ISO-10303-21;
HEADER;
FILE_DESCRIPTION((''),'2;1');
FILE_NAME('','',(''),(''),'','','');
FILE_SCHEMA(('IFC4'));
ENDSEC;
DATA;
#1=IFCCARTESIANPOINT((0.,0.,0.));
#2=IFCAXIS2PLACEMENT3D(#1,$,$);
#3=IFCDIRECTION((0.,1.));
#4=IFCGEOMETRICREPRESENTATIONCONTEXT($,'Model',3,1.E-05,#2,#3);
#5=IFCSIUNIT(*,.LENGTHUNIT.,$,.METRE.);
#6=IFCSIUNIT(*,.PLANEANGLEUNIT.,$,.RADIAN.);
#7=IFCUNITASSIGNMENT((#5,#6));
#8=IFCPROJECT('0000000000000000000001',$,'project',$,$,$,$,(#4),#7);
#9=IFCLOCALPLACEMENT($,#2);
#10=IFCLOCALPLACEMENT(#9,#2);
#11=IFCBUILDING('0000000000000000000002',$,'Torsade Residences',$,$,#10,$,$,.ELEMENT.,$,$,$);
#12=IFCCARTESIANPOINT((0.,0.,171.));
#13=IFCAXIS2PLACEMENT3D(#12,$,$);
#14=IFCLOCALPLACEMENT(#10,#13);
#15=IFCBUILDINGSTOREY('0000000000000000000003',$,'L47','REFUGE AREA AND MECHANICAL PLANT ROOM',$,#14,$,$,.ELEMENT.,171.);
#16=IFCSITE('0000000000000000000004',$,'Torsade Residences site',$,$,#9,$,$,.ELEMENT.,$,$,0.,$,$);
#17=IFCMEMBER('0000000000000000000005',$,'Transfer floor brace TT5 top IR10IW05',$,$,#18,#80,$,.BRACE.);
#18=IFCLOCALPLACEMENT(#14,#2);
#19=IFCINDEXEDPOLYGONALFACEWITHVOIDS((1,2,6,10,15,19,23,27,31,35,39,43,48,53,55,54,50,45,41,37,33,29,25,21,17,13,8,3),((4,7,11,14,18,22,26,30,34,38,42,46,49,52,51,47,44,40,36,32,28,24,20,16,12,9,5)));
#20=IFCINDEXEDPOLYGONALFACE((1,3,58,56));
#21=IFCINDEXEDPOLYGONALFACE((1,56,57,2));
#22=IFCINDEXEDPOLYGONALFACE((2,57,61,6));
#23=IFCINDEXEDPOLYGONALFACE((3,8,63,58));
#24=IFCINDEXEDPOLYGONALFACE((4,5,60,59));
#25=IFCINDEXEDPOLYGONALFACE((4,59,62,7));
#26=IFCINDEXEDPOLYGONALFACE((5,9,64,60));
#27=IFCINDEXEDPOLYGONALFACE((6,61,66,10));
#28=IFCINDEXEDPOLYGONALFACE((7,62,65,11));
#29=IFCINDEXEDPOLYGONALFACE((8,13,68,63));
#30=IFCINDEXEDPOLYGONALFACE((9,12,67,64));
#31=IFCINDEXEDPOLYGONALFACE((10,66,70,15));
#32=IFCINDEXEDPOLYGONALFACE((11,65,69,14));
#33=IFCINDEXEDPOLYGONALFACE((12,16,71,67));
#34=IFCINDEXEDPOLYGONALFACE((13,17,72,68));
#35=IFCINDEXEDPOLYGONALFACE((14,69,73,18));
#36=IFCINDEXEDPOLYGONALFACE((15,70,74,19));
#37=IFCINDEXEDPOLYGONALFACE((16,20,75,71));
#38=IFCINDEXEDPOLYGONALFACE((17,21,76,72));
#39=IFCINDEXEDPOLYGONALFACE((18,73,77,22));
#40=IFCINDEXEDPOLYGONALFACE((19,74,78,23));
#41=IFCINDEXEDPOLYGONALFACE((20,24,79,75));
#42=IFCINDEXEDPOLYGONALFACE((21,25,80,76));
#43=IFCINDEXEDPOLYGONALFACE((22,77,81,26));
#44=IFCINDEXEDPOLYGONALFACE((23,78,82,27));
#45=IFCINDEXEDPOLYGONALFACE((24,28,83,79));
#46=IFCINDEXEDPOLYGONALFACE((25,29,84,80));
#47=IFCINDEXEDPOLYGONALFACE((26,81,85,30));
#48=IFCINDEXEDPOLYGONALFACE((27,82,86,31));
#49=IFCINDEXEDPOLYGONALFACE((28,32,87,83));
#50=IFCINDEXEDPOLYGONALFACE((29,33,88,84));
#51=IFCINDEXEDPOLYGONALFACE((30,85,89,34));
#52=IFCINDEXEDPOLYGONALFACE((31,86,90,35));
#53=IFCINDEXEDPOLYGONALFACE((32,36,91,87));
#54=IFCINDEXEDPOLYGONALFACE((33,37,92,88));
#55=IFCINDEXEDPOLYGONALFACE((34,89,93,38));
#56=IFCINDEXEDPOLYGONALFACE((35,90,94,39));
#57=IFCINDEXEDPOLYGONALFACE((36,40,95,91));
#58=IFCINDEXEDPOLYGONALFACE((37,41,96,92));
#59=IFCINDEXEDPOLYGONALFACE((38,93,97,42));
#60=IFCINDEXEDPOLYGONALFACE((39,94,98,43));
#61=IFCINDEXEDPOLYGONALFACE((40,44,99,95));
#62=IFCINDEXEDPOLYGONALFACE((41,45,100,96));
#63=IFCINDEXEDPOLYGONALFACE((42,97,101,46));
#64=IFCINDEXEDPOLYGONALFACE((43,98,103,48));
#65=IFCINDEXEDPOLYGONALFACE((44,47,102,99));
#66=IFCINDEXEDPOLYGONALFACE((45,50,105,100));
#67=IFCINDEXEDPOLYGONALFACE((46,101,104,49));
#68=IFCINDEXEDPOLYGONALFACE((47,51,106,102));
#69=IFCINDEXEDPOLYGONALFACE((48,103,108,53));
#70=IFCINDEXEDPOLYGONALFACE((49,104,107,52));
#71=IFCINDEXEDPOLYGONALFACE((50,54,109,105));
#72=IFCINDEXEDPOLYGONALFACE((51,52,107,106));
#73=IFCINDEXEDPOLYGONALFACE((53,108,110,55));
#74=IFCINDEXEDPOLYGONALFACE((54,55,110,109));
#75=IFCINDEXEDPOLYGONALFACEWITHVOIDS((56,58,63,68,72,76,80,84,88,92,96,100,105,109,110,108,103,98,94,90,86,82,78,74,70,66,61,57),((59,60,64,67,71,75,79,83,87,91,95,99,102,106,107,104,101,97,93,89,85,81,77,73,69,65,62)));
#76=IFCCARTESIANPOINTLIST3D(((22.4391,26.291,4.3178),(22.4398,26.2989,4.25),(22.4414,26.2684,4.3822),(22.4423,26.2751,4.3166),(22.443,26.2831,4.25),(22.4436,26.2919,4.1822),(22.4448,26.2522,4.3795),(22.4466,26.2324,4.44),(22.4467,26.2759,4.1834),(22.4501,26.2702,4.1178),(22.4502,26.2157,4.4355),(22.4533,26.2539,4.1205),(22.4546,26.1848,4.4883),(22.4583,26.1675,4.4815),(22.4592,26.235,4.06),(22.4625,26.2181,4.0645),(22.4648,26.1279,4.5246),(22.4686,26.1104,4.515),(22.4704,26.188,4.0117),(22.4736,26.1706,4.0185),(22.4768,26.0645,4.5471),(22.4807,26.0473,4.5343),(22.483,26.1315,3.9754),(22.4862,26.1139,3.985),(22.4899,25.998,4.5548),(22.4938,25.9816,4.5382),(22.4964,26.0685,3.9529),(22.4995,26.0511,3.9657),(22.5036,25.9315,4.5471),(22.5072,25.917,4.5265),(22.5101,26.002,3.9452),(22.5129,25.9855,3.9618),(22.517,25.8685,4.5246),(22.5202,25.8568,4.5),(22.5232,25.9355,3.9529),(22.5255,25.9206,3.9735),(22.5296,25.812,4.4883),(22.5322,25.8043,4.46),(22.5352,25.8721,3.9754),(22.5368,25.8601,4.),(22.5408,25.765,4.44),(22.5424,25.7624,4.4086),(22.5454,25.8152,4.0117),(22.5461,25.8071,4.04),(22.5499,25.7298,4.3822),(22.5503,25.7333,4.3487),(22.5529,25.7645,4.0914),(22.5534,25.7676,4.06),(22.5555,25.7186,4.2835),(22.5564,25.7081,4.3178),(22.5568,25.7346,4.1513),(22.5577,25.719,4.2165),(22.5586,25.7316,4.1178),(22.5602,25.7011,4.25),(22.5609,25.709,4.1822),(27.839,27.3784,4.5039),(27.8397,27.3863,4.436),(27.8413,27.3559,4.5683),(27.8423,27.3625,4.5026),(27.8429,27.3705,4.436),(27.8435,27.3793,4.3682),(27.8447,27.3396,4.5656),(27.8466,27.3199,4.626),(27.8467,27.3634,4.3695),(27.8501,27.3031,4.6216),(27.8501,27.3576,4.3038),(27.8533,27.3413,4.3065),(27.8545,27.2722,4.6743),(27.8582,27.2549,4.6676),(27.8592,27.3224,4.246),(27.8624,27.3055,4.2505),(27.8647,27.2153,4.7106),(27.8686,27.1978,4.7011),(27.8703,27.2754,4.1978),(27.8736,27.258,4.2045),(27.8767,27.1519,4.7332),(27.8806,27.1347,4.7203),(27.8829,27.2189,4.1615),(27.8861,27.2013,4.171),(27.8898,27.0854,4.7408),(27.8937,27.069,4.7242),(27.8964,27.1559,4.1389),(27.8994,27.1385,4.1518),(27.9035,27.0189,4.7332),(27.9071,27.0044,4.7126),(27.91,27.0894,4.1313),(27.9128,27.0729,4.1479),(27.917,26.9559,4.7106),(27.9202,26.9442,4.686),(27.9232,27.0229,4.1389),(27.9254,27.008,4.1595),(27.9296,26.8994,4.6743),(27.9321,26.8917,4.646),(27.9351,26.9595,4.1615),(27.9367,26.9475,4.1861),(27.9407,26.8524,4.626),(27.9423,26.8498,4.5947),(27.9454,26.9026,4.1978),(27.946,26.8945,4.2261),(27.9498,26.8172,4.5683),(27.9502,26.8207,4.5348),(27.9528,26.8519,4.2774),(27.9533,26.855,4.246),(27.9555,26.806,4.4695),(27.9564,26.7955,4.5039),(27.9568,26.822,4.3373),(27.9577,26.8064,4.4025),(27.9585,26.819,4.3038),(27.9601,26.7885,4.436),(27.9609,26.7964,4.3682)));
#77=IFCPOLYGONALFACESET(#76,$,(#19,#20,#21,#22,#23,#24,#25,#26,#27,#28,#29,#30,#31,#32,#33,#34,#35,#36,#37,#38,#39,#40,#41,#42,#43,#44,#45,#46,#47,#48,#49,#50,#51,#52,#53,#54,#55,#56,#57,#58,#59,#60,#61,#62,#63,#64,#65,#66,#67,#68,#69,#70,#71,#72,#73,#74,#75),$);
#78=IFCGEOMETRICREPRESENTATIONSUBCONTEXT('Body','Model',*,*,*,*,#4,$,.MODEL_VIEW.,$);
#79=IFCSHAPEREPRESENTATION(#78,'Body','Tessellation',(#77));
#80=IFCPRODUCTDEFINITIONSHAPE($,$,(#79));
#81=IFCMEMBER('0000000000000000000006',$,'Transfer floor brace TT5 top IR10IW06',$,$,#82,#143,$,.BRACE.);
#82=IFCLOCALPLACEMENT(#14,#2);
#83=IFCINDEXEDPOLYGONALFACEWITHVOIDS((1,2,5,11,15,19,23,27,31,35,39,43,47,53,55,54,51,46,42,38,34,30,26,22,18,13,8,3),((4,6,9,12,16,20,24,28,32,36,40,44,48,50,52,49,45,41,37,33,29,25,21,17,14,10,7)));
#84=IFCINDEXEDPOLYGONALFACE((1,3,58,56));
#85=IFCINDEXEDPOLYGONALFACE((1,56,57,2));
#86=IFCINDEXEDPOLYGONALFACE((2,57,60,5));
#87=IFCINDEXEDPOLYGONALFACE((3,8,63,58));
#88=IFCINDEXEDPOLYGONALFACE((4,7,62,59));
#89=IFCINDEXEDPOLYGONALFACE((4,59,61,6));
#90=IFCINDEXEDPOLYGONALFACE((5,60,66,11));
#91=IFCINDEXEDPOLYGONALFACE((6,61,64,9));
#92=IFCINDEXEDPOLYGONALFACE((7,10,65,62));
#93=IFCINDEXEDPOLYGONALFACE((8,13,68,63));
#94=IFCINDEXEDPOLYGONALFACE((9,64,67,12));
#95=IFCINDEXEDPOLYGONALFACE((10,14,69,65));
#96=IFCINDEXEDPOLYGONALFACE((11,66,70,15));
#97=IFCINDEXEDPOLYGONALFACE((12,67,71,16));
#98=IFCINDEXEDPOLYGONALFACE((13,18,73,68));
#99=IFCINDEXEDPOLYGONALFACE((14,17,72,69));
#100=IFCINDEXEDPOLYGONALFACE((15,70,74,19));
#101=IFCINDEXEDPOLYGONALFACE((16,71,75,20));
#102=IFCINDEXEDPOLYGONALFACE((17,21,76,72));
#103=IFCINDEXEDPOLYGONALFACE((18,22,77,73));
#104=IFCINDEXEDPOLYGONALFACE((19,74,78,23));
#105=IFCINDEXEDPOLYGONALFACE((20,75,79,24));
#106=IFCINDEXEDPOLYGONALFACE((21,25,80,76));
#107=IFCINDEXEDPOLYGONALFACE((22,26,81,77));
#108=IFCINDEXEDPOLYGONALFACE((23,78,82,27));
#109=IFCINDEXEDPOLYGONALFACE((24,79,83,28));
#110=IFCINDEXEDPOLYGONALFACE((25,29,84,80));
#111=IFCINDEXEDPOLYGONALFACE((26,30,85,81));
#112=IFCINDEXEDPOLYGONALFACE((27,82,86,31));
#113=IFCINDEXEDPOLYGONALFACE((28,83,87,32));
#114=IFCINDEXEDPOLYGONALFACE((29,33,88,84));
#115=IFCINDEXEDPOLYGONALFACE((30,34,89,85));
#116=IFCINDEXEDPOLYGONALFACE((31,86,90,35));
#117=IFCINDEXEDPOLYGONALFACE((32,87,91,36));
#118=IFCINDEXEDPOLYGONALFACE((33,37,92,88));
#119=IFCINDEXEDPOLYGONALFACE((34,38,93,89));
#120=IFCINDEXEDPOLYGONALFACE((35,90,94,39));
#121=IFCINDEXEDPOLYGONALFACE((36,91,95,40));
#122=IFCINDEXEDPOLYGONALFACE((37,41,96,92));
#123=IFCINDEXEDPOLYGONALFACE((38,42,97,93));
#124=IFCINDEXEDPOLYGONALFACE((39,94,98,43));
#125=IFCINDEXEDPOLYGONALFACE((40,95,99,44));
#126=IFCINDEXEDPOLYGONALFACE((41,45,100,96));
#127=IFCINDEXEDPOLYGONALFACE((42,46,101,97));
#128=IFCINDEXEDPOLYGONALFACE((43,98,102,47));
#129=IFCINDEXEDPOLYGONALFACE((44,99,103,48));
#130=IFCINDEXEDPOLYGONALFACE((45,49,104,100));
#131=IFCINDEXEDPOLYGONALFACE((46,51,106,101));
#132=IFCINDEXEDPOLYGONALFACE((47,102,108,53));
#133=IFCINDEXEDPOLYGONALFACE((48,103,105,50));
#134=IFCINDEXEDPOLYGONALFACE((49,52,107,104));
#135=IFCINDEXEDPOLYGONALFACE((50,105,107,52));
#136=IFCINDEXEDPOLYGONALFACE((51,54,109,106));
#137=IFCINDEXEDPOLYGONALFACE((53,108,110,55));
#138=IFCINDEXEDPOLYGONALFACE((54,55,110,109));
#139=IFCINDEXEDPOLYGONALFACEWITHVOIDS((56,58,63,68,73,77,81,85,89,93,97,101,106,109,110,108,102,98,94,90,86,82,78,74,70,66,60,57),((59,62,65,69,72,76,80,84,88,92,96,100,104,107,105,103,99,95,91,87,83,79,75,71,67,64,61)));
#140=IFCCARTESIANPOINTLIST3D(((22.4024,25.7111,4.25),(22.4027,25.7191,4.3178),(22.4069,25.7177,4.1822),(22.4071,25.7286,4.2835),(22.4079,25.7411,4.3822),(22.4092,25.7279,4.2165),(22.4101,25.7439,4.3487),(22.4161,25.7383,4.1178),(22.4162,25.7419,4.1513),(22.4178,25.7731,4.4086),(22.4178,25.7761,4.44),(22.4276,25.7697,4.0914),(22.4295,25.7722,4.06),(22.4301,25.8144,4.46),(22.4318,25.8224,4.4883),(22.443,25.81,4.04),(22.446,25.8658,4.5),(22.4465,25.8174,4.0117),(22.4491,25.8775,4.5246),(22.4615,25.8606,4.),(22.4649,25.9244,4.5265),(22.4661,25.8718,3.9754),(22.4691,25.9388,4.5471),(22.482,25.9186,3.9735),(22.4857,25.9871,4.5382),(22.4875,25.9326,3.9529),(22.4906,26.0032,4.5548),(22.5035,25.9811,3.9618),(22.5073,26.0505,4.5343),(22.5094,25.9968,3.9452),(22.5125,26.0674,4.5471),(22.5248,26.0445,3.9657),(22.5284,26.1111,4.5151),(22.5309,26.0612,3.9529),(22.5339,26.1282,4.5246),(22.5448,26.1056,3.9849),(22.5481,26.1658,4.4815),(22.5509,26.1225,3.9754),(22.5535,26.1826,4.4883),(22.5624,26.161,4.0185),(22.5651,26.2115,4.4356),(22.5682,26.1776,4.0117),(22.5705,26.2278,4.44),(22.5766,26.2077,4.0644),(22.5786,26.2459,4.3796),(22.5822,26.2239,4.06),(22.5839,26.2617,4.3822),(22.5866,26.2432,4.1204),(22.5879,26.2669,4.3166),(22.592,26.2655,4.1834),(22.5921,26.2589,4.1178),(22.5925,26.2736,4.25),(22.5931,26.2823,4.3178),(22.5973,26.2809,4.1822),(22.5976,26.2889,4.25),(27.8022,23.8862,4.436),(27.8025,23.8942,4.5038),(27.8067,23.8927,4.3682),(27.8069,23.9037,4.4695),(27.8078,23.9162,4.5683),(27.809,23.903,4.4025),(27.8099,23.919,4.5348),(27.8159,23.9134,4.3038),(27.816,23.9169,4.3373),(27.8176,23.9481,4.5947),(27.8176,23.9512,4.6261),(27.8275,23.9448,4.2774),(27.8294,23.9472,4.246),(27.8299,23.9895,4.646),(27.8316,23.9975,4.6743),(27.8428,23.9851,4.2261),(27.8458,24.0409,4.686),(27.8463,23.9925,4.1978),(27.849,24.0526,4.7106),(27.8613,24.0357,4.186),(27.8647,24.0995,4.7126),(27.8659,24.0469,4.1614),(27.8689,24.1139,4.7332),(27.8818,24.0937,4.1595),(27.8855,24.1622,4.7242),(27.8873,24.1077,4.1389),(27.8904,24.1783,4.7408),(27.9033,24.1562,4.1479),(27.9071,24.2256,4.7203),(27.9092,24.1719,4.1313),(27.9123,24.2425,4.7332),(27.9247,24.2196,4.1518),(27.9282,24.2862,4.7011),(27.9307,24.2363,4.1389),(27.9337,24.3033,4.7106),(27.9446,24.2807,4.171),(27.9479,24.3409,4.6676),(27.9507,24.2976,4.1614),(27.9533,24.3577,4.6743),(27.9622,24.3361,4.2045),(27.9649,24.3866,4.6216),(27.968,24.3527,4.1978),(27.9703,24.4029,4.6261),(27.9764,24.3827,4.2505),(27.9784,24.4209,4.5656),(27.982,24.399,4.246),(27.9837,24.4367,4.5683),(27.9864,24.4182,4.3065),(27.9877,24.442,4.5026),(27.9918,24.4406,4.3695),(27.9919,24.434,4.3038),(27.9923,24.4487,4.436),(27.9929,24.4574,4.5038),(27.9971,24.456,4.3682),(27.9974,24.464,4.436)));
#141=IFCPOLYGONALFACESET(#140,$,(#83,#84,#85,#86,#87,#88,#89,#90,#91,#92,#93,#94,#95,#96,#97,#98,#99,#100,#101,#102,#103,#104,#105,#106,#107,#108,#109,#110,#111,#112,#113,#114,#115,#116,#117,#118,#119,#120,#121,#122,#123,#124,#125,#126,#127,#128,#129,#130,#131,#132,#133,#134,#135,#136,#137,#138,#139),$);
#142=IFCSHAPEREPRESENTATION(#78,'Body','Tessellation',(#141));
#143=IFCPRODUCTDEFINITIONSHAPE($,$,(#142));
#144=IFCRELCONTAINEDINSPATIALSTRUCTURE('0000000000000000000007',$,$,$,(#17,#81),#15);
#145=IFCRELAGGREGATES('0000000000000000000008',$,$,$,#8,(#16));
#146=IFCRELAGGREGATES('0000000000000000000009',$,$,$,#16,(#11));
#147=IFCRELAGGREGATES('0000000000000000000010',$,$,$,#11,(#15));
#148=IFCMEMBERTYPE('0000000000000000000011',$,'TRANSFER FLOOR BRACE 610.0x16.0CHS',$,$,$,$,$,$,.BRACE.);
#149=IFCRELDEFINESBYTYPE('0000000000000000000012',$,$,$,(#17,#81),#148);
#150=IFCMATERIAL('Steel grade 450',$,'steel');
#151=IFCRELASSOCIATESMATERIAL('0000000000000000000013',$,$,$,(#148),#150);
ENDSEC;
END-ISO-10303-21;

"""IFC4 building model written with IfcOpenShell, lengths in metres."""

from ifc_helpers import new_model, si_unit, direction, frame, origin, origin_2d, place, context, subcontext, project, spatial, hollow_circle, extrude, material, material_profile, profile_set, type_object, element, save


model = new_model("IFC4")

# Units and contexts
model_context = context("Model", 3, precision=1e-05, world=origin(), true_north=direction((0.0, 1.0)))
body_context = subcontext(model_context, "Body", "Model", "MODEL_VIEW")
ifc_project = project(units=[si_unit("LENGTHUNIT", "METRE"), si_unit("PLANEANGLEUNIT", "RADIAN")], contexts=[model_context])

# Site, building, storey
site_placement = place(None, origin())
site = spatial("IfcSite", under=ifc_project, at=site_placement, Name="Torsade Residences site", CompositionType="ELEMENT", RefElevation=0.0)
building_placement = place(site_placement, origin())
building = spatial("IfcBuilding", under=site, at=building_placement, Name="Torsade Residences", CompositionType="ELEMENT")
storey_placement = place(building_placement, frame((0.0, 0.0, 171.0)))
storey = spatial("IfcBuildingStorey", under=building, at=storey_placement, Name="L47", Description="REFUGE AREA AND MECHANICAL PLANT ROOM", CompositionType="ELEMENT", Elevation=171.0)

# Members
ifc_material_1 = material(Name="Steel grade 450", Category="steel")
ifc_material_profile_1 = material_profile(ifc_material_1, hollow_circle(Radius=0.3049, WallThickness=0.0161, at=origin_2d()), Name="610.0x16.0CHS")
ifc_profile_set_1 = profile_set([ifc_material_profile_1], Name="Steel grade 450")
member_type_1 = type_object("IfcMemberType", Name="TRANSFER FLOOR BRACE 610.0x16.0CHS", PredefinedType="BRACE", material=ifc_profile_set_1)
member_1_placement = place(storey_placement, frame((22.5, 26.0, 4.25), z_axis=(0.979762, 0.197299, 0.033754), x_axis=(-0.197412, 0.980321, 0.0)))
element("IfcMember", 1, at=member_1_placement, inside=storey, type_object=member_type_1, Name="Transfer floor brace TT5 top IR10IW05", PredefinedType="BRACE", context=body_context, shape_type="SweptSolid", body=[
    extrude(hollow_circle(Radius=0.3049, WallThickness=0.0161, at=origin_2d()), origin(), (0.0, 0.0, 1.0), 5.5115),
])
member_2_placement = place(storey_placement, frame((22.5, 26.0, 4.25), z_axis=(0.946856, -0.319999, 0.032621), x_axis=(0.32017, 0.94736, 0.0)))
element("IfcMember", 2, at=member_2_placement, inside=storey, type_object=member_type_1, Name="Transfer floor brace TT5 top IR10IW06", PredefinedType="BRACE", context=body_context, shape_type="SweptSolid", body=[
    extrude(hollow_circle(Radius=0.3049, WallThickness=0.0161, at=origin_2d()), origin(), (0.0, 0.0, 1.0), 5.7029),
])

save(model, "model.ifc")
